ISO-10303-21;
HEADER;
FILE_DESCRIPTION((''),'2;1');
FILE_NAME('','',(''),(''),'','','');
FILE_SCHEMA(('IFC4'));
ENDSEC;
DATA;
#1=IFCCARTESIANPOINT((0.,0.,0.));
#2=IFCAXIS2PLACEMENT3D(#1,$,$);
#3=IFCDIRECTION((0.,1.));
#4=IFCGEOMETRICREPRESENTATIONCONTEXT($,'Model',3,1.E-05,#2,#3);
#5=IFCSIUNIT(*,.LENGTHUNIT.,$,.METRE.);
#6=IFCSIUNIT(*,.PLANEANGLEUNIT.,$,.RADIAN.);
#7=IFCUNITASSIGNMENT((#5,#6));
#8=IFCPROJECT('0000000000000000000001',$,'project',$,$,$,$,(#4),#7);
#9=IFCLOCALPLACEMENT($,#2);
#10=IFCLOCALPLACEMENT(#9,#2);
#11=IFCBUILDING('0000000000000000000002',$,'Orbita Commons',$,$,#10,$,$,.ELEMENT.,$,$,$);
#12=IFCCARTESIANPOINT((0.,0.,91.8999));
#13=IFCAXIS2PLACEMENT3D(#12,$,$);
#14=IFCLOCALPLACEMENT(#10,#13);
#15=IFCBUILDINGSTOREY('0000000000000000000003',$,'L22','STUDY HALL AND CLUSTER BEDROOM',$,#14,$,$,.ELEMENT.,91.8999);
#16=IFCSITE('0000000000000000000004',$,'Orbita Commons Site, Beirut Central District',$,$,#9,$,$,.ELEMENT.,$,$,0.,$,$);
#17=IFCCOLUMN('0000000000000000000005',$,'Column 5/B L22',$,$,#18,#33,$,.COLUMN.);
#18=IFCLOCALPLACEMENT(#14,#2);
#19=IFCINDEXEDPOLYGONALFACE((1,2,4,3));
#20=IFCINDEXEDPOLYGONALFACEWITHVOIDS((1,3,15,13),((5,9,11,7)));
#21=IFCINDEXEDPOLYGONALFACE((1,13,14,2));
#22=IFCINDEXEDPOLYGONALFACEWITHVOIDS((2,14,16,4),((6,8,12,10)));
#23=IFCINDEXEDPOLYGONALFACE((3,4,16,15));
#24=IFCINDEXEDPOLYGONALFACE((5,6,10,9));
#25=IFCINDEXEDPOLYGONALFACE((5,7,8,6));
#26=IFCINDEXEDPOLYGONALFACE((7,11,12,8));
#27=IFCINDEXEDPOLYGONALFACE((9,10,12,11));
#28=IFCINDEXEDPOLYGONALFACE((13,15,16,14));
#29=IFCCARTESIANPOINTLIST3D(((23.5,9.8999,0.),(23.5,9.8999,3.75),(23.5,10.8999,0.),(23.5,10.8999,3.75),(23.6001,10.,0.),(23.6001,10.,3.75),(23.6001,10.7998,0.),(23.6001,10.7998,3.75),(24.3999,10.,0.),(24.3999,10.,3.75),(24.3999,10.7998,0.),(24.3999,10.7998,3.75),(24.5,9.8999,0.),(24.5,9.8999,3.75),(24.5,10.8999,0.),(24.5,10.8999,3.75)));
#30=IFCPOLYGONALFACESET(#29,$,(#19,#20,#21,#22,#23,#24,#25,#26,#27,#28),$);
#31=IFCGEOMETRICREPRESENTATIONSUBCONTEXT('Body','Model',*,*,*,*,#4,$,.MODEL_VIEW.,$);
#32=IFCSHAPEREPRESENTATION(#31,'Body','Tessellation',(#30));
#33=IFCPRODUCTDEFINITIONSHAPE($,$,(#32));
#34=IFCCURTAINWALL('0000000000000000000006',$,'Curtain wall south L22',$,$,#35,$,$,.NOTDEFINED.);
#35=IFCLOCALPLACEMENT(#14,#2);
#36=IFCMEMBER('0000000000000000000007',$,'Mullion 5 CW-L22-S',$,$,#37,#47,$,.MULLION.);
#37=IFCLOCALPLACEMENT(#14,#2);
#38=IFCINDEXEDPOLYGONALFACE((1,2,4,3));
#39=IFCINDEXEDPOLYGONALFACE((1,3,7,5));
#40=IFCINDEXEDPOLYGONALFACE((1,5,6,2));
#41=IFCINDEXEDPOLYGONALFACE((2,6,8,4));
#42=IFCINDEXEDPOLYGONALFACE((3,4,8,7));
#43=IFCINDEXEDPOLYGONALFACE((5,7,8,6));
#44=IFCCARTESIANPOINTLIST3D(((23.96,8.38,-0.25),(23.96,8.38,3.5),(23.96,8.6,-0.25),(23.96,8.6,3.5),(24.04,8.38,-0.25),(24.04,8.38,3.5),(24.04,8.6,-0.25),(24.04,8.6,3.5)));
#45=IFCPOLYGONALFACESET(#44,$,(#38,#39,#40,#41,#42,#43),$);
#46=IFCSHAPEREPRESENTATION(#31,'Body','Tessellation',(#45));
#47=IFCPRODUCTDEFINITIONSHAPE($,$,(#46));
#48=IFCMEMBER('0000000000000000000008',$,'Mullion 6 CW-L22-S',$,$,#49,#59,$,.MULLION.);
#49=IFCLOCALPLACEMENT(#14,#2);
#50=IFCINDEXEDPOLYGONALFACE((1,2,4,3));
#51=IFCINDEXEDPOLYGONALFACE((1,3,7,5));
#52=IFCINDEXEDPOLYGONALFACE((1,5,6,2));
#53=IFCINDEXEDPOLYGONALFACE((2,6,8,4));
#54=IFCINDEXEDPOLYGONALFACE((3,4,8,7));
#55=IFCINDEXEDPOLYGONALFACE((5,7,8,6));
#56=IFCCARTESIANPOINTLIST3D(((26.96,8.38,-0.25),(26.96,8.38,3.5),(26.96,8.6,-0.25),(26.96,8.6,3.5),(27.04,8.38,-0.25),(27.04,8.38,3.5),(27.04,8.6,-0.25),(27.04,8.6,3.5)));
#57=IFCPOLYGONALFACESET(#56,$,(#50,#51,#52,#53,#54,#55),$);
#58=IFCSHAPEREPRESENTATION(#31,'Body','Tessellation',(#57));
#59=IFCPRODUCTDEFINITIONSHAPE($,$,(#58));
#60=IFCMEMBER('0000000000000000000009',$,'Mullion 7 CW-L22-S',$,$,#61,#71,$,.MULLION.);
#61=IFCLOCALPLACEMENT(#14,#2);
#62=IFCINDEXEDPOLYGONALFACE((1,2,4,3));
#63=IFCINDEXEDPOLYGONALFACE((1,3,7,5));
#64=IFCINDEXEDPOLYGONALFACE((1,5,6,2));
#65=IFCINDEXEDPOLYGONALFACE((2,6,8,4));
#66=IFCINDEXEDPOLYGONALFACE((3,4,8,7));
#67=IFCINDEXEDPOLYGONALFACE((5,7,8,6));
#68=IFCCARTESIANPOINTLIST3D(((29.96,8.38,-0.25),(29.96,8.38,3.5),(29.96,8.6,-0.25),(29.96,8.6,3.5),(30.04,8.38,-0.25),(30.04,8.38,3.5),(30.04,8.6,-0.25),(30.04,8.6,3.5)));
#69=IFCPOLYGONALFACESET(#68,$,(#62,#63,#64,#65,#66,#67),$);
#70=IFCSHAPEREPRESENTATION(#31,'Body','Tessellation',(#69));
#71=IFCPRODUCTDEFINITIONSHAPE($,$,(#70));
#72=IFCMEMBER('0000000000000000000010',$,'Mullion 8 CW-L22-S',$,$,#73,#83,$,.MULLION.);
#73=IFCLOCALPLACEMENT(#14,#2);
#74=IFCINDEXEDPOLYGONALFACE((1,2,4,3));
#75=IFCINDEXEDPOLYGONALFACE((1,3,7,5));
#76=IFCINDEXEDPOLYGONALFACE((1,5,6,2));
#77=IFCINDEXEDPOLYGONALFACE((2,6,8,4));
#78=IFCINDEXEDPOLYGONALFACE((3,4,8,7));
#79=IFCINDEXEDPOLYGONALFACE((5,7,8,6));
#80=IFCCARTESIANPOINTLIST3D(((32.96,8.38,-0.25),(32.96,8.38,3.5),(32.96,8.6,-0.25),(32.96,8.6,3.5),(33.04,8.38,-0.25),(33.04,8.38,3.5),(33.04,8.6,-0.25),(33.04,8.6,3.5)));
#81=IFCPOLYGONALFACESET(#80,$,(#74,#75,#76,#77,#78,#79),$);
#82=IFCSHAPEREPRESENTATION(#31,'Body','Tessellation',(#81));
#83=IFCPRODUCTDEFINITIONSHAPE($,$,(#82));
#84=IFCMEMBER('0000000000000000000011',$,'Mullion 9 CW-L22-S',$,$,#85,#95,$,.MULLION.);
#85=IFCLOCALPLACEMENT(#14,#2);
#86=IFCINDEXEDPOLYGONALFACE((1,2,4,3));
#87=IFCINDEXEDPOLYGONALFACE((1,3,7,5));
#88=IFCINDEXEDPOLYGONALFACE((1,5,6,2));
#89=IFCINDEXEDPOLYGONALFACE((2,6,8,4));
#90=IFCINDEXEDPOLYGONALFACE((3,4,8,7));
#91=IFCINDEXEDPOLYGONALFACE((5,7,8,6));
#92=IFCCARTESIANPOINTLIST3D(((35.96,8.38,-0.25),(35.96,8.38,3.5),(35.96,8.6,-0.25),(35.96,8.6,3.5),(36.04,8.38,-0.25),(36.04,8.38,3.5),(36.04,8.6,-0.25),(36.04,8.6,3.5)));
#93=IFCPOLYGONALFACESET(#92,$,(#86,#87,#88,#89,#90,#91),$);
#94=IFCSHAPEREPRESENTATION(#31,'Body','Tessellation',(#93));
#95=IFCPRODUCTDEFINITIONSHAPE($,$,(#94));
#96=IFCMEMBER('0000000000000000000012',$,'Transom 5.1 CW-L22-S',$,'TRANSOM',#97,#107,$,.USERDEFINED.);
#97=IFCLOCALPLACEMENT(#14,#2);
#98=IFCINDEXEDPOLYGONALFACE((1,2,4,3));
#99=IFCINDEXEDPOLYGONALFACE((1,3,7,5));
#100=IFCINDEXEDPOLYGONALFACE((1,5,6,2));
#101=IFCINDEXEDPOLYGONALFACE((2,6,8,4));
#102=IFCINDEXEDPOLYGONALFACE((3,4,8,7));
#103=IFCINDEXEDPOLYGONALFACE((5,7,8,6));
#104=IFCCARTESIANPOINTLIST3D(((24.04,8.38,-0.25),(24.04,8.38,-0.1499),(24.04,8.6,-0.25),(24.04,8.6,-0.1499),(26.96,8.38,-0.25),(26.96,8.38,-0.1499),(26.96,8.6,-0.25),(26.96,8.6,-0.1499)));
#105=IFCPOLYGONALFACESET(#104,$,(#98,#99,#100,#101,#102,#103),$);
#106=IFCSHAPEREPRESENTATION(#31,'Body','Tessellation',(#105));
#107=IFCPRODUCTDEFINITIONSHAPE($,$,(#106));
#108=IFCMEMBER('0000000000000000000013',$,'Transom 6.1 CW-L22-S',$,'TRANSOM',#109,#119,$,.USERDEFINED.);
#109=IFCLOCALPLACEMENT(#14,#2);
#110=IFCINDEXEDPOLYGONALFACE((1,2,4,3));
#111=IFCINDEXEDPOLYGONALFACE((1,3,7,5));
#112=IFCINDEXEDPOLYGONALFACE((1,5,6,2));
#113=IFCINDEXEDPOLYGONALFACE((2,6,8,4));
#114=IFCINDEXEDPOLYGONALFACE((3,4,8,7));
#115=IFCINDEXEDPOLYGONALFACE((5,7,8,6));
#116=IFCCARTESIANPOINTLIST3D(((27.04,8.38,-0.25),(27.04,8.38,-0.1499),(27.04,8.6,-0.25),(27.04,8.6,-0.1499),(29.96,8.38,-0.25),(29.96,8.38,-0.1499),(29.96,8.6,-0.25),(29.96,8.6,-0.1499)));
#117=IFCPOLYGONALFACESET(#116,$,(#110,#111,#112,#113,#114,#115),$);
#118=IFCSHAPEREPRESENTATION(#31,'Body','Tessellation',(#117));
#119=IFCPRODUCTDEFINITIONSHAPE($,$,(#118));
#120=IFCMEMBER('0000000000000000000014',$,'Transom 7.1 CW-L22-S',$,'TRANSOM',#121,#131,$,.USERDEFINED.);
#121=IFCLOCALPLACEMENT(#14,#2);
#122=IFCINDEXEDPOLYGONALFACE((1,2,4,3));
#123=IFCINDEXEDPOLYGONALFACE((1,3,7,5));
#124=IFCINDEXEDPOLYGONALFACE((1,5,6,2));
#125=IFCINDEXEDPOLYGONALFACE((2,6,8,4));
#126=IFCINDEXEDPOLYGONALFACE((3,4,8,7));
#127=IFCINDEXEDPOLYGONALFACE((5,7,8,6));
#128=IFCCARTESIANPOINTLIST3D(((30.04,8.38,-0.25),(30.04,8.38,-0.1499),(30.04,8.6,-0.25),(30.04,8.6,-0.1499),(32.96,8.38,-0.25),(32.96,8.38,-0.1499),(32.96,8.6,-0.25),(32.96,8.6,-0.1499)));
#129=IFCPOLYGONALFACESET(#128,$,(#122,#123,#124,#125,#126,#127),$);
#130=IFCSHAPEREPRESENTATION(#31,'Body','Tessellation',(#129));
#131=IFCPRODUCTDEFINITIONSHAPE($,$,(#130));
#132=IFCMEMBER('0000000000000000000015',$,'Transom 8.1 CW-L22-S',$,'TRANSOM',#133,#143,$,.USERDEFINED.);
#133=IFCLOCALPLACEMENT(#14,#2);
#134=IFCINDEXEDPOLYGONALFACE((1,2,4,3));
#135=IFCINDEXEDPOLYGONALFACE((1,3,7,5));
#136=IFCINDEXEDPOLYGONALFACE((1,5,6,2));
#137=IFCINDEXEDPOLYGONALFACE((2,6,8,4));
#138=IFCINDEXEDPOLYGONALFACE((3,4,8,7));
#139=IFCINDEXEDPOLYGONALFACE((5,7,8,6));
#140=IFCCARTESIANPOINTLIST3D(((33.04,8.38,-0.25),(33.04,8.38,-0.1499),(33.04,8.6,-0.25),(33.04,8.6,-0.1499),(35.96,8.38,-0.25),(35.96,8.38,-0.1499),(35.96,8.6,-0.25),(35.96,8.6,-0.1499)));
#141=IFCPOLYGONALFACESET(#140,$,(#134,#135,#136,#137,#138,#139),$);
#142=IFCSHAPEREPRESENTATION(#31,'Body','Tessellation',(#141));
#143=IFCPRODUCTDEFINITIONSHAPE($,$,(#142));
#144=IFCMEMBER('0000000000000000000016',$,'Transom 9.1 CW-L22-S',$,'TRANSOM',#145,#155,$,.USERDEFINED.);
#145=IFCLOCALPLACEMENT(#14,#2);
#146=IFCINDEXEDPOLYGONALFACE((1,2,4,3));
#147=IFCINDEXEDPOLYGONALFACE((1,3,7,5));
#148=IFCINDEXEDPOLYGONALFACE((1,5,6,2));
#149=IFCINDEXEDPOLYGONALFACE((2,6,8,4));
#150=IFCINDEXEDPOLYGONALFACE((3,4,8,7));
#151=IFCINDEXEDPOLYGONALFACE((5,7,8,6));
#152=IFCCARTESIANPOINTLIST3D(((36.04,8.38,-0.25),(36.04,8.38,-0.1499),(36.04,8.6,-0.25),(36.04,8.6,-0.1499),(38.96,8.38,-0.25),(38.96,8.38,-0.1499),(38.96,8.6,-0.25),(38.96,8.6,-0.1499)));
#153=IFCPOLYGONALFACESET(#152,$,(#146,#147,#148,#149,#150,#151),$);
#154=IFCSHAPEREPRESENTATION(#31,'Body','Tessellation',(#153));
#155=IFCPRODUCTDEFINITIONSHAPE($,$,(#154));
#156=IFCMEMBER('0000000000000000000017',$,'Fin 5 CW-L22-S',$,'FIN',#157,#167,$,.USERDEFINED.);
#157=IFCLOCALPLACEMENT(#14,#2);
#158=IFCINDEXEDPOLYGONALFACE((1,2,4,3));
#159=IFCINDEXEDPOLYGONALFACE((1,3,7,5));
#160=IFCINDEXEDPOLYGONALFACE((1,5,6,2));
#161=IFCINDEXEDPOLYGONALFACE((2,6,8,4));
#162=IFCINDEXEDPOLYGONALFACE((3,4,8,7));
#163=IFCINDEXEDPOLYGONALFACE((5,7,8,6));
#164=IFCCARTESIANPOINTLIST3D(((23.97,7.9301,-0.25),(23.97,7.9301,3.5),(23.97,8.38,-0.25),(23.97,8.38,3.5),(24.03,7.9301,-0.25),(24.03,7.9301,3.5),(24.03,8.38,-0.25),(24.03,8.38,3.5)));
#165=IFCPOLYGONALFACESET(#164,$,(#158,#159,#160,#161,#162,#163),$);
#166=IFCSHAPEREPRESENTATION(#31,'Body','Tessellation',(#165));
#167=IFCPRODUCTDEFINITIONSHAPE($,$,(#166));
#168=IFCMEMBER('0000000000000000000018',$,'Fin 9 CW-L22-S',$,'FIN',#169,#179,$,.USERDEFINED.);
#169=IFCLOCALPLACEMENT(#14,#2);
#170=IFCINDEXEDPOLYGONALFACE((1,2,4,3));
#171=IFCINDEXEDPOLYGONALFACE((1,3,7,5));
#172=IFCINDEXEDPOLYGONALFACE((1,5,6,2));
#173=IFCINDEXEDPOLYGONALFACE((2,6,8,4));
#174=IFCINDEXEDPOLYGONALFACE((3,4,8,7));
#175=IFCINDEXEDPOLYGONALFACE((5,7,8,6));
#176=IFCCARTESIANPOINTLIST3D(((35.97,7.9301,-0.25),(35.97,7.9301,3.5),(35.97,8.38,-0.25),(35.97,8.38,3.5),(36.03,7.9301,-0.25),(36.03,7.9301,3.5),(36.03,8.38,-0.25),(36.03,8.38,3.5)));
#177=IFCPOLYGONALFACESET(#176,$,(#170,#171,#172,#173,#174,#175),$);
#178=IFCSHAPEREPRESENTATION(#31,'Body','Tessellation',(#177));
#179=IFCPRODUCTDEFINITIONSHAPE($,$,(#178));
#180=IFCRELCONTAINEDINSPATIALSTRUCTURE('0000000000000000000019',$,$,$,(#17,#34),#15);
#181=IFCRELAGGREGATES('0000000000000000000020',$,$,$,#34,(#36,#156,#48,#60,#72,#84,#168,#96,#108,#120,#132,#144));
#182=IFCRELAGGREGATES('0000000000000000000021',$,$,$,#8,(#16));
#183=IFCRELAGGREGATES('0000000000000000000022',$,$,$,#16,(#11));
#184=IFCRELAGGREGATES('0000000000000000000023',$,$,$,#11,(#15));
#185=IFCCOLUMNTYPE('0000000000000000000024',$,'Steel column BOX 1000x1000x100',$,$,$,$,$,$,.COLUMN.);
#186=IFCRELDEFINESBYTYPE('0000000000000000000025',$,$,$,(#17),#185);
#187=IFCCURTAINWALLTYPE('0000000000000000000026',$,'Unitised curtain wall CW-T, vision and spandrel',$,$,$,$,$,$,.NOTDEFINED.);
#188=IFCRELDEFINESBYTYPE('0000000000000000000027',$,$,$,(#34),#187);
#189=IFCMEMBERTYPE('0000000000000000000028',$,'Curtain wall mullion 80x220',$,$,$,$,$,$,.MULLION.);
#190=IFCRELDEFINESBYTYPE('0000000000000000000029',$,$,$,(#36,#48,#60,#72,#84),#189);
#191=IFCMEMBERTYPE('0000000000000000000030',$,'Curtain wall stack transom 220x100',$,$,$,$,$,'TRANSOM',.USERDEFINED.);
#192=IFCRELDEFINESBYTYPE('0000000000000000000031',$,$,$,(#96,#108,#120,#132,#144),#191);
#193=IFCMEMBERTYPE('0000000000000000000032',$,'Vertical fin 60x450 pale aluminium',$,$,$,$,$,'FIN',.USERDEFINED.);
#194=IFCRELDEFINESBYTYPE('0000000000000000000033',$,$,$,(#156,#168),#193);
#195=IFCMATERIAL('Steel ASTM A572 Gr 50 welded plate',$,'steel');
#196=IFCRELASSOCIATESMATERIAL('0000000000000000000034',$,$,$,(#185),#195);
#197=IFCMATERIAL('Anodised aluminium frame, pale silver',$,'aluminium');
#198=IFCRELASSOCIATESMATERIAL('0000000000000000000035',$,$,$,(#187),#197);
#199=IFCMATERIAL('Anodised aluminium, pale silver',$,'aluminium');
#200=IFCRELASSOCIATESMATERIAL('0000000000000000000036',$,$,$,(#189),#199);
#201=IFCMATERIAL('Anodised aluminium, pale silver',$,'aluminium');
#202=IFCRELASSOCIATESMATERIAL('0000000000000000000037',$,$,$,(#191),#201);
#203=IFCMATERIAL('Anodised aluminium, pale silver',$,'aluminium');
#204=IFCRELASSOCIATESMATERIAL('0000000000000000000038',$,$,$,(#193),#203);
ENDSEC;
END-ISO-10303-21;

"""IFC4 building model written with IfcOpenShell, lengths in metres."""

from ifc_helpers import new_model, si_unit, direction, frame, origin, origin_2d, place, context, subcontext, project, spatial, rectangle, hollow_rectangle, extrude, material, material_profile, profile_set, type_object, element, aggregate, save


model = new_model("IFC4")

# Units and contexts
model_context = context("Model", 3, precision=1e-05, world=origin(), true_north=direction((0.0, 1.0)))
body_context = subcontext(model_context, "Body", "Model", "MODEL_VIEW")
ifc_project = project(units=[si_unit("LENGTHUNIT", "METRE"), si_unit("PLANEANGLEUNIT", "RADIAN")], contexts=[model_context])

# Site, building, storey
site_placement = place(None, origin())
site = spatial("IfcSite", under=ifc_project, at=site_placement, Name="Orbita Commons Site, Beirut Central District", CompositionType="ELEMENT", RefElevation=0.0)
building_placement = place(site_placement, origin())
building = spatial("IfcBuilding", under=site, at=building_placement, Name="Orbita Commons", CompositionType="ELEMENT")
storey_placement = place(building_placement, frame((0.0, 0.0, 91.8999)))
storey = spatial("IfcBuildingStorey", under=building, at=storey_placement, Name="L22", Description="STUDY HALL AND CLUSTER BEDROOM", CompositionType="ELEMENT", Elevation=91.8999)

# Column
ifc_material_1 = material(Name="Steel ASTM A572 Gr 50 welded plate", Category="steel")
ifc_material_profile_1 = material_profile(ifc_material_1, hollow_rectangle(XDim=1.0, YDim=1.0, WallThickness=0.1001, at=origin_2d()), Name="BOX 1000x1000x100")
ifc_profile_set_1 = profile_set([ifc_material_profile_1], Name="Steel ASTM A572 Gr 50 welded plate")
column_type = type_object("IfcColumnType", Name="Steel column BOX 1000x1000x100", PredefinedType="COLUMN", material=ifc_profile_set_1)
column_placement = place(storey_placement, frame((24.0, 10.3999, 0.0), z_axis=(0.0, 0.0, 1.0), x_axis=(1.0, 0.0, 0.0)))
element("IfcColumn", 1, at=column_placement, inside=storey, type_object=column_type, Name="Column 5/B L22", PredefinedType="COLUMN", context=body_context, shape_type="SweptSolid", body=[
    extrude(hollow_rectangle(XDim=1.0, YDim=1.0, WallThickness=0.1001, at=origin_2d()), origin(), (0.0, 0.0, 1.0), 3.75),
])

# Curtain wall, members
ifc_material_2 = material(Name="Anodised aluminium frame, pale silver", Category="aluminium")
curtain_wall_type = type_object("IfcCurtainWallType", Name="Unitised curtain wall CW-T, vision and spandrel", PredefinedType="NOTDEFINED", material=ifc_material_2)
curtain_wall_placement = place(storey_placement, origin())
curtain_wall = element("IfcCurtainWall", 2, at=curtain_wall_placement, inside=storey, type_object=curtain_wall_type, Name="Curtain wall south L22", PredefinedType="NOTDEFINED")
ifc_material_3 = material(Name="Anodised aluminium, pale silver", Category="aluminium")
ifc_material_profile_2 = material_profile(ifc_material_3, rectangle(XDim=0.0801, YDim=0.22, at=origin_2d()), Name="AL 80x220")
ifc_profile_set_2 = profile_set([ifc_material_profile_2], Name="Anodised aluminium, pale silver")
member_type_1 = type_object("IfcMemberType", Name="Curtain wall mullion 80x220", PredefinedType="MULLION", material=ifc_profile_set_2)
member_1_placement = place(storey_placement, frame((24.0, 8.49, -0.25), z_axis=(0.0, 0.0, 1.0), x_axis=(1.0, 0.0, 0.0)))
member_1 = element("IfcMember", 3, at=member_1_placement, type_object=member_type_1, Name="Mullion 5 CW-L22-S", PredefinedType="MULLION", context=body_context, shape_type="SweptSolid", body=[
    extrude(rectangle(XDim=0.0801, YDim=0.22, at=origin_2d()), origin(), (0.0, 0.0, 1.0), 3.75),
])
member_2_placement = place(storey_placement, frame((27.0, 8.49, -0.25), z_axis=(0.0, 0.0, 1.0), x_axis=(1.0, 0.0, 0.0)))
member_2 = element("IfcMember", 4, at=member_2_placement, type_object=member_type_1, Name="Mullion 6 CW-L22-S", PredefinedType="MULLION", context=body_context, shape_type="SweptSolid", body=[
    extrude(rectangle(XDim=0.0801, YDim=0.22, at=origin_2d()), origin(), (0.0, 0.0, 1.0), 3.75),
])
member_3_placement = place(storey_placement, frame((30.0, 8.49, -0.25), z_axis=(0.0, 0.0, 1.0), x_axis=(1.0, 0.0, 0.0)))
member_3 = element("IfcMember", 5, at=member_3_placement, type_object=member_type_1, Name="Mullion 7 CW-L22-S", PredefinedType="MULLION", context=body_context, shape_type="SweptSolid", body=[
    extrude(rectangle(XDim=0.0801, YDim=0.22, at=origin_2d()), origin(), (0.0, 0.0, 1.0), 3.75),
])
member_4_placement = place(storey_placement, frame((33.0, 8.49, -0.25), z_axis=(0.0, 0.0, 1.0), x_axis=(1.0, 0.0, 0.0)))
member_4 = element("IfcMember", 6, at=member_4_placement, type_object=member_type_1, Name="Mullion 8 CW-L22-S", PredefinedType="MULLION", context=body_context, shape_type="SweptSolid", body=[
    extrude(rectangle(XDim=0.0801, YDim=0.22, at=origin_2d()), origin(), (0.0, 0.0, 1.0), 3.75),
])
member_5_placement = place(storey_placement, frame((36.0, 8.49, -0.25), z_axis=(0.0, 0.0, 1.0), x_axis=(1.0, 0.0, 0.0)))
member_5 = element("IfcMember", 7, at=member_5_placement, type_object=member_type_1, Name="Mullion 9 CW-L22-S", PredefinedType="MULLION", context=body_context, shape_type="SweptSolid", body=[
    extrude(rectangle(XDim=0.0801, YDim=0.22, at=origin_2d()), origin(), (0.0, 0.0, 1.0), 3.75),
])
ifc_material_4 = material(Name="Anodised aluminium, pale silver", Category="aluminium")
ifc_material_profile_3 = material_profile(ifc_material_4, rectangle(XDim=0.22, YDim=0.1001, at=origin_2d()), Name="AL 220x100")
ifc_profile_set_3 = profile_set([ifc_material_profile_3], Name="Anodised aluminium, pale silver")
member_type_2 = type_object("IfcMemberType", Name="Curtain wall stack transom 220x100", ElementType="TRANSOM", PredefinedType="USERDEFINED", material=ifc_profile_set_3)
member_6_placement = place(storey_placement, frame((24.04, 8.49, -0.2), z_axis=(1.0, 0.0, 0.0), x_axis=(0.0, 1.0, 0.0)))
member_6 = element("IfcMember", 8, at=member_6_placement, type_object=member_type_2, Name="Transom 5.1 CW-L22-S", ObjectType="TRANSOM", PredefinedType="USERDEFINED", context=body_context, shape_type="SweptSolid", body=[
    extrude(rectangle(XDim=0.22, YDim=0.1001, at=origin_2d()), origin(), (0.0, 0.0, 1.0), 2.9199),
])
member_7_placement = place(storey_placement, frame((27.04, 8.49, -0.2), z_axis=(1.0, 0.0, 0.0), x_axis=(0.0, 1.0, 0.0)))
member_7 = element("IfcMember", 9, at=member_7_placement, type_object=member_type_2, Name="Transom 6.1 CW-L22-S", ObjectType="TRANSOM", PredefinedType="USERDEFINED", context=body_context, shape_type="SweptSolid", body=[
    extrude(rectangle(XDim=0.22, YDim=0.1001, at=origin_2d()), origin(), (0.0, 0.0, 1.0), 2.9199),
])
member_8_placement = place(storey_placement, frame((30.04, 8.49, -0.2), z_axis=(1.0, 0.0, 0.0), x_axis=(0.0, 1.0, 0.0)))
member_8 = element("IfcMember", 10, at=member_8_placement, type_object=member_type_2, Name="Transom 7.1 CW-L22-S", ObjectType="TRANSOM", PredefinedType="USERDEFINED", context=body_context, shape_type="SweptSolid", body=[
    extrude(rectangle(XDim=0.22, YDim=0.1001, at=origin_2d()), origin(), (0.0, 0.0, 1.0), 2.9199),
])
member_9_placement = place(storey_placement, frame((33.04, 8.49, -0.2), z_axis=(1.0, 0.0, 0.0), x_axis=(0.0, 1.0, 0.0)))
member_9 = element("IfcMember", 11, at=member_9_placement, type_object=member_type_2, Name="Transom 8.1 CW-L22-S", ObjectType="TRANSOM", PredefinedType="USERDEFINED", context=body_context, shape_type="SweptSolid", body=[
    extrude(rectangle(XDim=0.22, YDim=0.1001, at=origin_2d()), origin(), (0.0, 0.0, 1.0), 2.9199),
])
member_10_placement = place(storey_placement, frame((36.04, 8.49, -0.2), z_axis=(1.0, 0.0, 0.0), x_axis=(0.0, 1.0, 0.0)))
member_10 = element("IfcMember", 12, at=member_10_placement, type_object=member_type_2, Name="Transom 9.1 CW-L22-S", ObjectType="TRANSOM", PredefinedType="USERDEFINED", context=body_context, shape_type="SweptSolid", body=[
    extrude(rectangle(XDim=0.22, YDim=0.1001, at=origin_2d()), origin(), (0.0, 0.0, 1.0), 2.9199),
])
ifc_material_5 = material(Name="Anodised aluminium, pale silver", Category="aluminium")
ifc_material_profile_4 = material_profile(ifc_material_5, rectangle(XDim=0.0601, YDim=0.45, at=origin_2d()), Name="FIN 60x450")
ifc_profile_set_4 = profile_set([ifc_material_profile_4], Name="Anodised aluminium, pale silver")
member_type_3 = type_object("IfcMemberType", Name="Vertical fin 60x450 pale aluminium", ElementType="FIN", PredefinedType="USERDEFINED", material=ifc_profile_set_4)
member_11_placement = place(storey_placement, frame((24.0, 8.155, -0.25), z_axis=(0.0, 0.0, 1.0), x_axis=(1.0, 0.0, 0.0)))
member_11 = element("IfcMember", 13, at=member_11_placement, type_object=member_type_3, Name="Fin 5 CW-L22-S", ObjectType="FIN", PredefinedType="USERDEFINED", context=body_context, shape_type="SweptSolid", body=[
    extrude(rectangle(XDim=0.0601, YDim=0.45, at=origin_2d()), origin(), (0.0, 0.0, 1.0), 3.75),
])
member_12_placement = place(storey_placement, frame((36.0, 8.155, -0.25), z_axis=(0.0, 0.0, 1.0), x_axis=(1.0, 0.0, 0.0)))
member_12 = element("IfcMember", 14, at=member_12_placement, type_object=member_type_3, Name="Fin 9 CW-L22-S", ObjectType="FIN", PredefinedType="USERDEFINED", context=body_context, shape_type="SweptSolid", body=[
    extrude(rectangle(XDim=0.0601, YDim=0.45, at=origin_2d()), origin(), (0.0, 0.0, 1.0), 3.75),
])
aggregate(curtain_wall, [member_1, member_11, member_2, member_3, member_4, member_5, member_12, member_6, member_7, member_8, member_9, member_10])

save(model, "model.ifc")
